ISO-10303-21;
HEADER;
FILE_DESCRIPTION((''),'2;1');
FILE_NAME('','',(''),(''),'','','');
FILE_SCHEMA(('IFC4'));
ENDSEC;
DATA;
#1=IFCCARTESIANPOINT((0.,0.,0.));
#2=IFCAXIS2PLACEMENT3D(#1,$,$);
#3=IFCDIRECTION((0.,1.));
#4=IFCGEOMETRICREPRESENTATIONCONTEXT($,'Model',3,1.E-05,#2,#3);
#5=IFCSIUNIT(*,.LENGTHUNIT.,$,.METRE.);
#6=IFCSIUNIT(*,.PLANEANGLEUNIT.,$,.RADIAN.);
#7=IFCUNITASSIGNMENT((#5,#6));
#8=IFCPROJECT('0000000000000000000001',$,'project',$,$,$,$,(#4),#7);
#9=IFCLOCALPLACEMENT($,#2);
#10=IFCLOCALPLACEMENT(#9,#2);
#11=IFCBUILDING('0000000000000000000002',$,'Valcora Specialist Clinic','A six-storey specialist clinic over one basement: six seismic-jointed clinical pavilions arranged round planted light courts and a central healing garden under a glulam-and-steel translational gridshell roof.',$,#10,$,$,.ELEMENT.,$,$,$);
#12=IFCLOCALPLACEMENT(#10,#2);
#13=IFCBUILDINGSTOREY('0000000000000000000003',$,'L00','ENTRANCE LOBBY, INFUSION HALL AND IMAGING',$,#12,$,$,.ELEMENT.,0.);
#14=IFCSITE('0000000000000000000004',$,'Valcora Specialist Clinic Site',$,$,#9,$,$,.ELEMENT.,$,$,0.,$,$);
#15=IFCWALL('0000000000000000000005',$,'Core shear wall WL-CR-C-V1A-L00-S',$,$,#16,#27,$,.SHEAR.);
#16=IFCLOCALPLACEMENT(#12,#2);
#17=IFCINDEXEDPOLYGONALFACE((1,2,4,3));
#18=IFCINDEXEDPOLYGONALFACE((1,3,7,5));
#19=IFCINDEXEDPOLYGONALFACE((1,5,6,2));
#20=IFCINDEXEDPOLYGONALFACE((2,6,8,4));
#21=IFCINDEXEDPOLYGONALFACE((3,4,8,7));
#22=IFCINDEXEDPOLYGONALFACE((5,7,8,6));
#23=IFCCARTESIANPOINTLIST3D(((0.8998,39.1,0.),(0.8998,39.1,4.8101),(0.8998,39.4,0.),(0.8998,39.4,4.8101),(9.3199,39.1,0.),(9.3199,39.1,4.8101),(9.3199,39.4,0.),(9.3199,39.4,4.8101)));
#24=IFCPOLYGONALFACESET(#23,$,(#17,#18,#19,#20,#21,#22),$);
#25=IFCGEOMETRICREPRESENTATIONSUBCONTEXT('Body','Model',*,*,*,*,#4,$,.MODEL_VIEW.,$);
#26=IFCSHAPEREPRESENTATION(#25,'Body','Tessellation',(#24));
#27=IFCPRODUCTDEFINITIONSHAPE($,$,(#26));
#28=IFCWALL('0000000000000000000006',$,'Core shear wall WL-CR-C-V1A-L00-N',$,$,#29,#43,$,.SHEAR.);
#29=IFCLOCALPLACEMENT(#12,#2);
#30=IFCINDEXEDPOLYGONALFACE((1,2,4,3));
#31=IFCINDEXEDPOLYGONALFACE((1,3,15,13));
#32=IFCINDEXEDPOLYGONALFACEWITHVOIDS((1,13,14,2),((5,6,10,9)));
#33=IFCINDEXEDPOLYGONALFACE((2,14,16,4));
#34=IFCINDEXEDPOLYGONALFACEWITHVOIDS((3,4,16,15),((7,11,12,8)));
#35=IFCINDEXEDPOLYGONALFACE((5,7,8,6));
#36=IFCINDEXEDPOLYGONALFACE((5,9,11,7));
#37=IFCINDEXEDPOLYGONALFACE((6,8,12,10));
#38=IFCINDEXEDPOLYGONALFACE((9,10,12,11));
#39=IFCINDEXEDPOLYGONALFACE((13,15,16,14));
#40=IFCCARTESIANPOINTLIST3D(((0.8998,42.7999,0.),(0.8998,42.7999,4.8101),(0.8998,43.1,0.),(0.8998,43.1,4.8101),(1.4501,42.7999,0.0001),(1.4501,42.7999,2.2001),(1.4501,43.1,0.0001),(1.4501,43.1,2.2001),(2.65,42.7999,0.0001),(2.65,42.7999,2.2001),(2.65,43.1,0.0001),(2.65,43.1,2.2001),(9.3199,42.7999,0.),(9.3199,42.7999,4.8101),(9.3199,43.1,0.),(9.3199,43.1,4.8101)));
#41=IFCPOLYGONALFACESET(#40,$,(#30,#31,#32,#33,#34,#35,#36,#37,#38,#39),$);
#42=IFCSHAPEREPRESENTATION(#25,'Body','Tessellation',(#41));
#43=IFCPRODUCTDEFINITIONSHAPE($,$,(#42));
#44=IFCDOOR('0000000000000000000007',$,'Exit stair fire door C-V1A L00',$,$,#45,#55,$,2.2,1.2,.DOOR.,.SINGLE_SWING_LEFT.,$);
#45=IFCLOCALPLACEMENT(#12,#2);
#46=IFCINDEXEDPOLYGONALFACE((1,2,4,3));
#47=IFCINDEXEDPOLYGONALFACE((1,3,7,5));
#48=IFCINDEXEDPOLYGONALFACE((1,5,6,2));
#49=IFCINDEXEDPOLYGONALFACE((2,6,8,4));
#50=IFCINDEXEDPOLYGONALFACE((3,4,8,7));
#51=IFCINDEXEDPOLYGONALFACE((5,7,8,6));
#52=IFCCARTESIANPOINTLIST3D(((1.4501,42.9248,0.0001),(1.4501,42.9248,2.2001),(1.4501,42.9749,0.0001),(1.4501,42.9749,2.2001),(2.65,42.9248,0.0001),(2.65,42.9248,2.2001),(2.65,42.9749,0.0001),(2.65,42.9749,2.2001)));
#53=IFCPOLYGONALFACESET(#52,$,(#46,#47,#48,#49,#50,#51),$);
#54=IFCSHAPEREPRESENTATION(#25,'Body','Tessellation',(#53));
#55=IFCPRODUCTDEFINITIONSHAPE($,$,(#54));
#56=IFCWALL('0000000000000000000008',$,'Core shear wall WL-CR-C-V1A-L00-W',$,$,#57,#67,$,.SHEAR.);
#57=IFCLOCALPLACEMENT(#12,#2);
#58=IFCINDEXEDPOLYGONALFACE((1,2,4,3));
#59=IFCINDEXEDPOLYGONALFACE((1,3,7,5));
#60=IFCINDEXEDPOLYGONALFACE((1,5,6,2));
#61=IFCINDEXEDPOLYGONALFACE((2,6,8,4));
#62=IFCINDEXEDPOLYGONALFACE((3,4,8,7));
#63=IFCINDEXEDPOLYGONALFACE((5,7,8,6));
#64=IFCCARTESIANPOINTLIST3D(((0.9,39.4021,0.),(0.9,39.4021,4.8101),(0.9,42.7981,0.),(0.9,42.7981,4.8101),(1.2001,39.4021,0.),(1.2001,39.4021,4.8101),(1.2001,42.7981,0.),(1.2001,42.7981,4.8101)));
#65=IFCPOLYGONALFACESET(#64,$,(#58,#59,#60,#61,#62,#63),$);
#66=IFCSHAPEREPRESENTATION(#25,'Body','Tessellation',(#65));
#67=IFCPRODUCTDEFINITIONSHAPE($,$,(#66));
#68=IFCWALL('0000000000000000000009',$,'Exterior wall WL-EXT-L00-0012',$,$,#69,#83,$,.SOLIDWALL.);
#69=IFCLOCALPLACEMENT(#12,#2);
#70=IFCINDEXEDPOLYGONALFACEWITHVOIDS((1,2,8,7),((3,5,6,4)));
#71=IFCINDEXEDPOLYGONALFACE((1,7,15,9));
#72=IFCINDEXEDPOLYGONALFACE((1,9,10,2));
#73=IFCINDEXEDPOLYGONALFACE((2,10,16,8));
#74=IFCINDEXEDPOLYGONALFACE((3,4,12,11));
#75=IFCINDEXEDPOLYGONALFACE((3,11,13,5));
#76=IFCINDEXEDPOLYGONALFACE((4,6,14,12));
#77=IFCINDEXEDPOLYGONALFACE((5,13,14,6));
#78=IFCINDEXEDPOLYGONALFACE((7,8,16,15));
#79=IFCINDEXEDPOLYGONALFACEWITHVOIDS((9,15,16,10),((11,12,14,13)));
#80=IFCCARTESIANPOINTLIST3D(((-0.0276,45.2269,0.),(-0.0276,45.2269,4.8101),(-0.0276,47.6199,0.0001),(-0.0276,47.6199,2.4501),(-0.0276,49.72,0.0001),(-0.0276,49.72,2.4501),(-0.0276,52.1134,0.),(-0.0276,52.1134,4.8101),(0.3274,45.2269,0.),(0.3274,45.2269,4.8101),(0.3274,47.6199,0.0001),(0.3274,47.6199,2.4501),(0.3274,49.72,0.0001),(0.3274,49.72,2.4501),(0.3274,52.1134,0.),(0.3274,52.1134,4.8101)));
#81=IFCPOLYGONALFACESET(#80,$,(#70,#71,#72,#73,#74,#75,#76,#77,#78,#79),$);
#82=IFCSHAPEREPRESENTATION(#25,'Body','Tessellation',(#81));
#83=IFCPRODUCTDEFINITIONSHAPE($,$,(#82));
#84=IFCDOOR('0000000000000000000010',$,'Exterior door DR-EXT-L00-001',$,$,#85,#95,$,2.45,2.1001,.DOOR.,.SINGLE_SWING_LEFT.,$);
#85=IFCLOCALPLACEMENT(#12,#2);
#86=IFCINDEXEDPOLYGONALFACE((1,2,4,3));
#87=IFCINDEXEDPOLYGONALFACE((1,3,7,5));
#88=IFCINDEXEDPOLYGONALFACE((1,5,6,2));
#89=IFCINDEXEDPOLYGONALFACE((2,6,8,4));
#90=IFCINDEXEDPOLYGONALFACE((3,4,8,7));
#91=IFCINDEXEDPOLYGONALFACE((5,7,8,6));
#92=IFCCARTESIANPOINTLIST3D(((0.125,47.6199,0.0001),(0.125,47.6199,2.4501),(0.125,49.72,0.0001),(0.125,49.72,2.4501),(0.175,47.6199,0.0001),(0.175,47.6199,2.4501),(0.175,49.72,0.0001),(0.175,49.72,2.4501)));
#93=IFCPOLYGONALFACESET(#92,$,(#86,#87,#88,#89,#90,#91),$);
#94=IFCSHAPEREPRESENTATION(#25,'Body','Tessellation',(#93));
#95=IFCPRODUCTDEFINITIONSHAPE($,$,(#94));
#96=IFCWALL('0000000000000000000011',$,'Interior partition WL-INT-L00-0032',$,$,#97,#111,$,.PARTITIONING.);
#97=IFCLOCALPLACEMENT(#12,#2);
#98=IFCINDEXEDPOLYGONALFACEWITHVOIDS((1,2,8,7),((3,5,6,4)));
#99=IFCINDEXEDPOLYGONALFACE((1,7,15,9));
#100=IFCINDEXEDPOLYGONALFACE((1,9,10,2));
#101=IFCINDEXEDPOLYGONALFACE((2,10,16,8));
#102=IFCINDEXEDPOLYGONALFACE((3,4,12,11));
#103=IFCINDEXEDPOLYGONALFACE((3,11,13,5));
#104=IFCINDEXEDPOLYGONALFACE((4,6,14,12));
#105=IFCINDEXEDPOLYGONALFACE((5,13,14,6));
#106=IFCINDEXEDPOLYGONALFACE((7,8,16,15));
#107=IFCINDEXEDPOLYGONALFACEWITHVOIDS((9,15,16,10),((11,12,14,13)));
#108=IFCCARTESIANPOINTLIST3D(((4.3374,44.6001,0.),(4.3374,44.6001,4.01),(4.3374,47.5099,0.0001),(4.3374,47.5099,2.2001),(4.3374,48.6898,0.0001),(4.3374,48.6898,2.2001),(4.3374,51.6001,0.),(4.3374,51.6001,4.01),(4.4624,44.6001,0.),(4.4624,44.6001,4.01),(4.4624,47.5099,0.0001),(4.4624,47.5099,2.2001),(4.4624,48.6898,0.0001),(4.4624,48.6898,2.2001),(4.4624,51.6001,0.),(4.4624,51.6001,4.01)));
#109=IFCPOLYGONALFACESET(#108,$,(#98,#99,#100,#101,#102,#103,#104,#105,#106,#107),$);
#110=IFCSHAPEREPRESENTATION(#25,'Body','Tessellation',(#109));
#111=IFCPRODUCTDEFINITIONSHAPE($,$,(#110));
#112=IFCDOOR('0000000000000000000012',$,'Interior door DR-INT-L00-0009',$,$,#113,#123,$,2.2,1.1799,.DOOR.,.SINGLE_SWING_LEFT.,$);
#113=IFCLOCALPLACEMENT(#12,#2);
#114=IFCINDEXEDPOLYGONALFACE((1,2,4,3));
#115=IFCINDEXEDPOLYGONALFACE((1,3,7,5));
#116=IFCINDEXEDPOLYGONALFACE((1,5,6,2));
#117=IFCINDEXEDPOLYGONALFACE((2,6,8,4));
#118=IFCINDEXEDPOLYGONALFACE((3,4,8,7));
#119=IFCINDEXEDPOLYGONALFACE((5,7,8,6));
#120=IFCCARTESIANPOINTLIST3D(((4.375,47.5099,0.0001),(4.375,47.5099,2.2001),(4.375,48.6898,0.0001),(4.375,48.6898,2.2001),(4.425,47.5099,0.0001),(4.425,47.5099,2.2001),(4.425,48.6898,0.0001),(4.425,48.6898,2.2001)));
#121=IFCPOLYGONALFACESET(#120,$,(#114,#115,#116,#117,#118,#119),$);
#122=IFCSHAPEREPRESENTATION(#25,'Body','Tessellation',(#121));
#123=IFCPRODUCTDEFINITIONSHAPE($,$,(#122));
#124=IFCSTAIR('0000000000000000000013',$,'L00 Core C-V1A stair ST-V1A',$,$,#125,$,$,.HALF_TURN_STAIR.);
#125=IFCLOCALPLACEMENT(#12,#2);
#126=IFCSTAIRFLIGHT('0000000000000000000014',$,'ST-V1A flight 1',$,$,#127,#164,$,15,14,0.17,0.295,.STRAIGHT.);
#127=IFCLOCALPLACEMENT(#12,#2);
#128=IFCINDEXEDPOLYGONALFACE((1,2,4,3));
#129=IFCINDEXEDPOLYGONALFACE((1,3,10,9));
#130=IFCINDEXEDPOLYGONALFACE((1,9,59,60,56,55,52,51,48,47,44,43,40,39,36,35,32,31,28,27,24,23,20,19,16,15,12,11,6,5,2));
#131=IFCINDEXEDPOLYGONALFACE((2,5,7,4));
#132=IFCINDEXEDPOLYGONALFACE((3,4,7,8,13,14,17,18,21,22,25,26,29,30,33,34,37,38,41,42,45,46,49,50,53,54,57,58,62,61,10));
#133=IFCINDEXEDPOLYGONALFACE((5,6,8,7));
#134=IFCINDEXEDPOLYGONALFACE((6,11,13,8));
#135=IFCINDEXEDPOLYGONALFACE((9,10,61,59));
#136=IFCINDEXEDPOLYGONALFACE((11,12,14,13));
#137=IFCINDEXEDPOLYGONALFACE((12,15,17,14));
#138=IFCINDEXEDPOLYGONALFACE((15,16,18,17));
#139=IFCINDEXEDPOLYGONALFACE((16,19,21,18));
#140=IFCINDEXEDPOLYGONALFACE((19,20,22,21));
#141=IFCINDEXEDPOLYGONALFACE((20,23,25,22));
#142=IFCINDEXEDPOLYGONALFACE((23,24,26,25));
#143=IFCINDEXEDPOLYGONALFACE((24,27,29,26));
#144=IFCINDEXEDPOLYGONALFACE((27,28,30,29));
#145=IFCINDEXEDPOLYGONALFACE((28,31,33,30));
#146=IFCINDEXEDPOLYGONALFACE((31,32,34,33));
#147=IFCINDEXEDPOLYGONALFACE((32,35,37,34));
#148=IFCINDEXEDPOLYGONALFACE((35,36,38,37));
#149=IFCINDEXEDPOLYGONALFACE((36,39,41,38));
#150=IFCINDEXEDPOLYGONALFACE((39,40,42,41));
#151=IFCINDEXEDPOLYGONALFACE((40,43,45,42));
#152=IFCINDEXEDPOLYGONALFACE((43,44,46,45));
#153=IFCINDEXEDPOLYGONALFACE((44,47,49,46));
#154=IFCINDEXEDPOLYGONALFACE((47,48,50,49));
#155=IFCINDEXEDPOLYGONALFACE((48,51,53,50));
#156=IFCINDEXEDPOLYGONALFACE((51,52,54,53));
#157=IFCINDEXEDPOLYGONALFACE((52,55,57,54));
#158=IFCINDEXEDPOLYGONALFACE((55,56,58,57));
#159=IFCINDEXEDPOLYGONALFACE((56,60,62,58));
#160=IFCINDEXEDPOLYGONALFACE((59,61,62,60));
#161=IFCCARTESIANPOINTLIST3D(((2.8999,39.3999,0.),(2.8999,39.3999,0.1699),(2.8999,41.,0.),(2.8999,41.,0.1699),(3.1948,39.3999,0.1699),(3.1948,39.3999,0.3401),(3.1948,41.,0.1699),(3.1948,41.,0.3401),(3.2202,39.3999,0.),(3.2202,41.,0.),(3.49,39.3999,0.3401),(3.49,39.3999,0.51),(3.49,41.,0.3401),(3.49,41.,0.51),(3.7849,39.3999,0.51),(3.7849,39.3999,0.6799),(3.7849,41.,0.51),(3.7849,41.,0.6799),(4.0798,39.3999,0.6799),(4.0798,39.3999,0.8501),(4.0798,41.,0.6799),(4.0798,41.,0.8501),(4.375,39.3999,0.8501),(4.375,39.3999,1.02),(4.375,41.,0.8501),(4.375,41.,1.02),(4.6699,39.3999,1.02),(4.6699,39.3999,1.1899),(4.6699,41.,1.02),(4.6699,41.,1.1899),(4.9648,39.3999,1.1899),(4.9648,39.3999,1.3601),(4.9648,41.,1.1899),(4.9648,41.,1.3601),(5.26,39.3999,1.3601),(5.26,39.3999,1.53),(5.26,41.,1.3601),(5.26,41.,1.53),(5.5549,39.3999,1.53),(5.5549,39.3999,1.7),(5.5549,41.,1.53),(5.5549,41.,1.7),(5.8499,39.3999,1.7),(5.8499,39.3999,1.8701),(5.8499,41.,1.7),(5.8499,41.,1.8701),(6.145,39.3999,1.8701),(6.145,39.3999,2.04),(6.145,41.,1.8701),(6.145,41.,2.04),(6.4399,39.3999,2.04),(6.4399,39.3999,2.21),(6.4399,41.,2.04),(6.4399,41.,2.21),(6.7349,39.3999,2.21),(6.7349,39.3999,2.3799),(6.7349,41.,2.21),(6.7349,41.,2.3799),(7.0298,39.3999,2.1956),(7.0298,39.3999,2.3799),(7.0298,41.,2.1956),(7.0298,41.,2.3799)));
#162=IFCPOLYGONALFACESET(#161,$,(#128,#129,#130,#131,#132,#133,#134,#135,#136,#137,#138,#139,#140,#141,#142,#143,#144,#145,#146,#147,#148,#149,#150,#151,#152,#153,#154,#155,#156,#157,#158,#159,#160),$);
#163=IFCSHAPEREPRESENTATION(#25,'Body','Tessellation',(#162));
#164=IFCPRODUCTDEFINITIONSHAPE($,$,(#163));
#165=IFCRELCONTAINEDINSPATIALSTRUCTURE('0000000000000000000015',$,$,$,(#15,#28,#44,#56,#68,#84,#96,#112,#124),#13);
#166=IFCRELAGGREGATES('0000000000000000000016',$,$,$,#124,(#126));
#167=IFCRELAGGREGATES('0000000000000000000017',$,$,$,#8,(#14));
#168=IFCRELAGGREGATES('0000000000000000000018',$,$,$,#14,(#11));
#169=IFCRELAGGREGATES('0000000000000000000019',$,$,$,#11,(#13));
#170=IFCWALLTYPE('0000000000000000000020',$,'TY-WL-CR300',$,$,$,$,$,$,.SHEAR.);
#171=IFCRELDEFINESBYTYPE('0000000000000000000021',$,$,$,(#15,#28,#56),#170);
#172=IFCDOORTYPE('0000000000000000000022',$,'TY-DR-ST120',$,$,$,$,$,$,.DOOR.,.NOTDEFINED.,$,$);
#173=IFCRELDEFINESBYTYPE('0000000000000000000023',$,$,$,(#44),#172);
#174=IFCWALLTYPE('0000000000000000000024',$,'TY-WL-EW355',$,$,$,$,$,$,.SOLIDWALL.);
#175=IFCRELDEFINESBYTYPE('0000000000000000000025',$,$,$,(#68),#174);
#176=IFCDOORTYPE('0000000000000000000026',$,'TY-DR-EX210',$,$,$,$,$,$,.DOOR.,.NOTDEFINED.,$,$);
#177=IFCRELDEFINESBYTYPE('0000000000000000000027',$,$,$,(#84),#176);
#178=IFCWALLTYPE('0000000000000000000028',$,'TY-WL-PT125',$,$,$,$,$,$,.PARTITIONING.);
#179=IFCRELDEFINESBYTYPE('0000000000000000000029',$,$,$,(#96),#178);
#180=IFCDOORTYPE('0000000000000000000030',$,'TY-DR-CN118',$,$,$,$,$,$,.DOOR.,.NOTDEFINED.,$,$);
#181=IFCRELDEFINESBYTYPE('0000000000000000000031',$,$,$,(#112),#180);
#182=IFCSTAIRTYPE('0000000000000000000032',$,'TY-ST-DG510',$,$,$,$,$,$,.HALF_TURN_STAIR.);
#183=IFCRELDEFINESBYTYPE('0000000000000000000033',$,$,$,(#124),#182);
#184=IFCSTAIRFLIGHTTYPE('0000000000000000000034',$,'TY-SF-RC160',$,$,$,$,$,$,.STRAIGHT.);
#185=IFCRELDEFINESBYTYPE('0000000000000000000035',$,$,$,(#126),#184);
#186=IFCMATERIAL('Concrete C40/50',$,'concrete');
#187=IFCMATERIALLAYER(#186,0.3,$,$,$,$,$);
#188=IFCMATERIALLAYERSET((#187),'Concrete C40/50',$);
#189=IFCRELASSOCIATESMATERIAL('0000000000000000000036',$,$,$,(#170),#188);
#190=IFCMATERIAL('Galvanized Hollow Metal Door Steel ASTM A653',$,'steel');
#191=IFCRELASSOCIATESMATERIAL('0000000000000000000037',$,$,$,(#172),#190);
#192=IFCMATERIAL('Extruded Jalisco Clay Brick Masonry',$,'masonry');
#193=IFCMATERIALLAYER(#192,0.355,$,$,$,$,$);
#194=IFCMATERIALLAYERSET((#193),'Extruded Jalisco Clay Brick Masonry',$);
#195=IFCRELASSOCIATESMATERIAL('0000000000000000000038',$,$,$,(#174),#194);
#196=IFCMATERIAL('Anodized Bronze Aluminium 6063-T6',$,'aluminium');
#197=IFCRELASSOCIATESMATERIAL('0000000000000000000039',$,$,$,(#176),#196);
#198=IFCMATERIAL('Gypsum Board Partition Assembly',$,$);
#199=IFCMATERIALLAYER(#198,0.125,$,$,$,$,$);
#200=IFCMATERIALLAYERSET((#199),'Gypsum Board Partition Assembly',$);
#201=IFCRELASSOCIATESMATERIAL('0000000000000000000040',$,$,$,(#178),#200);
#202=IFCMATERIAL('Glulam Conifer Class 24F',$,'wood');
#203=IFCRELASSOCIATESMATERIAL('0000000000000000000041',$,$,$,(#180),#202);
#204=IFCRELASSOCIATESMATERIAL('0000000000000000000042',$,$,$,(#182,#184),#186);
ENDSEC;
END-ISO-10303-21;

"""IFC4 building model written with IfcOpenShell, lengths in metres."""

from ifc_helpers import new_model, si_unit, direction, frame, frame_2d, origin, place, context, subcontext, project, spatial, polyline, rectangle, outline, extrude, material, layer, layer_set, type_object, element, fill, aggregate, save


model = new_model("IFC4")

# Units and contexts
model_context = context("Model", 3, precision=1e-05, world=origin(), true_north=direction((0.0, 1.0)))
body_context = subcontext(model_context, "Body", "Model", "MODEL_VIEW")
ifc_project = project(units=[si_unit("LENGTHUNIT", "METRE"), si_unit("PLANEANGLEUNIT", "RADIAN")], contexts=[model_context])

# Site, building, storey
site_placement = place(None, origin())
site = spatial("IfcSite", under=ifc_project, at=site_placement, Name="Valcora Specialist Clinic Site", CompositionType="ELEMENT", RefElevation=0.0)
building_placement = place(site_placement, origin())
building = spatial("IfcBuilding", under=site, at=building_placement, Name="Valcora Specialist Clinic", Description="A six-storey specialist clinic over one basement: six seismic-jointed clinical pavilions arranged round planted light courts and a central healing garden under a glulam-and-steel translational gridshell roof.", CompositionType="ELEMENT")
storey_placement = place(building_placement, origin())
storey = spatial("IfcBuildingStorey", under=building, at=storey_placement, Name="L00", Description="ENTRANCE LOBBY, INFUSION HALL AND IMAGING", CompositionType="ELEMENT", Elevation=0.0)

# Shared definitions
ifc_material_1 = material(Name="Concrete C40/50", Category="concrete")

# Wall
ifc_layer_1 = layer(ifc_material_1, 0.3)
ifc_layer_set_1 = layer_set([ifc_layer_1], Name="Concrete C40/50")
wall_type_1 = type_object("IfcWallType", Name="TY-WL-CR300", PredefinedType="SHEAR", material=ifc_layer_set_1)
wall_1_placement = place(storey_placement, frame((0.8999, 39.25, 0.0), z_axis=(0.0, 0.0, 1.0), x_axis=(1.0, 0.0, 0.0)))
element("IfcWall", 1, at=wall_1_placement, inside=storey, type_object=wall_type_1, Name="Core shear wall WL-CR-C-V1A-L00-S", PredefinedType="SHEAR", context=body_context, shape_type="SweptSolid", body=[
    extrude(rectangle(XDim=8.4202, YDim=0.3, at=frame_2d((4.21, 0.0))), origin(), (0.0, 0.0, 1.0), 4.8101),
])

# Wall, opening, door
wall_2_placement = place(storey_placement, frame((0.8999, 42.95, 0.0), z_axis=(0.0, 0.0, 1.0), x_axis=(1.0, 0.0, 0.0)))
wall_2 = element("IfcWall", 2, at=wall_2_placement, inside=storey, type_object=wall_type_1, Name="Core shear wall WL-CR-C-V1A-L00-N", PredefinedType="SHEAR", context=body_context, shape_type="SweptSolid", body=[
    extrude(rectangle(XDim=8.4202, YDim=0.3, at=frame_2d((4.21, 0.0))), origin(), (0.0, 0.0, 1.0), 4.8101),
])
opening_1_placement = place(wall_2_placement, frame((0.55, 0.0, 0.0)))
opening_1 = element("IfcOpeningElement", 3, at=opening_1_placement, cuts=wall_2, PredefinedType="OPENING", context=body_context, shape_type="SweptSolid", body=[
    extrude(rectangle(XDim=1.2, YDim=2.2, at=frame_2d((0.6001, 1.1001))), frame((0.0, 0.1599, 0.0), z_axis=(0.0, -1.0, 0.0), x_axis=(1.0, 0.0, 0.0)), (0.0, 0.0, 1.0), 0.3201),
])
ifc_material_2 = material(Name="Galvanized Hollow Metal Door Steel ASTM A653", Category="steel")
door_type_1 = type_object("IfcDoorType", Name="TY-DR-ST120", OperationType="NOTDEFINED", PredefinedType="DOOR", material=ifc_material_2)
door_1_placement = place(opening_1_placement, origin())
door_1 = element("IfcDoor", 4, at=door_1_placement, inside=storey, type_object=door_type_1, Name="Exit stair fire door C-V1A L00", OperationType="SINGLE_SWING_LEFT", OverallHeight=2.2, OverallWidth=1.2, PredefinedType="DOOR", context=body_context, shape_type="SweptSolid", body=[
    extrude(rectangle(XDim=1.2, YDim=2.2, at=frame_2d((0.6001, 1.1001))), frame((0.0, 0.0249, 0.0), z_axis=(0.0, -1.0, 0.0), x_axis=(1.0, 0.0, 0.0)), (0.0, 0.0, 1.0), 0.05),
])
fill(opening_1, door_1)

# Wall
wall_3_placement = place(storey_placement, frame((1.05, 39.4021, 0.0), z_axis=(0.0, 0.0, 1.0), x_axis=(0.0, 1.0, 0.0)))
element("IfcWall", 5, at=wall_3_placement, inside=storey, type_object=wall_type_1, Name="Core shear wall WL-CR-C-V1A-L00-W", PredefinedType="SHEAR", context=body_context, shape_type="SweptSolid", body=[
    extrude(rectangle(XDim=3.396, YDim=0.3, at=frame_2d((1.698, 0.0))), origin(), (0.0, 0.0, 1.0), 4.8101),
])

# Walls, openings, doors
ifc_material_3 = material(Name="Extruded Jalisco Clay Brick Masonry", Category="masonry")
ifc_layer_2 = layer(ifc_material_3, 0.355)
ifc_layer_set_2 = layer_set([ifc_layer_2], Name="Extruded Jalisco Clay Brick Masonry")
wall_type_2 = type_object("IfcWallType", Name="TY-WL-EW355", PredefinedType="SOLIDWALL", material=ifc_layer_set_2)
wall_4_placement = place(storey_placement, frame((0.1499, 45.2268, 0.0), z_axis=(0.0, 0.0, 1.0), x_axis=(0.0, 1.0, 0.0)))
wall_4 = element("IfcWall", 6, at=wall_4_placement, inside=storey, type_object=wall_type_2, Name="Exterior wall WL-EXT-L00-0012", PredefinedType="SOLIDWALL", context=body_context, shape_type="SweptSolid", body=[
    extrude(rectangle(XDim=6.8865, YDim=0.355, at=frame_2d((3.4434, 0.0))), origin(), (0.0, 0.0, 1.0), 4.8101),
])
opening_2_placement = place(wall_4_placement, frame((2.3931, 0.0, 0.0)))
opening_2 = element("IfcOpeningElement", 7, at=opening_2_placement, cuts=wall_4, PredefinedType="OPENING", context=body_context, shape_type="SweptSolid", body=[
    extrude(rectangle(XDim=2.1001, YDim=2.45, at=frame_2d((1.05, 1.2251))), frame((0.0, 0.1875, 0.0), z_axis=(0.0, -1.0, 0.0), x_axis=(1.0, 0.0, 0.0)), (0.0, 0.0, 1.0), 0.375),
])
ifc_material_4 = material(Name="Anodized Bronze Aluminium 6063-T6", Category="aluminium")
door_type_2 = type_object("IfcDoorType", Name="TY-DR-EX210", OperationType="NOTDEFINED", PredefinedType="DOOR", material=ifc_material_4)
door_2_placement = place(opening_2_placement, origin())
door_2 = element("IfcDoor", 8, at=door_2_placement, inside=storey, type_object=door_type_2, Name="Exterior door DR-EXT-L00-001", OperationType="SINGLE_SWING_LEFT", OverallHeight=2.45, OverallWidth=2.1001, PredefinedType="DOOR", context=body_context, shape_type="SweptSolid", body=[
    extrude(rectangle(XDim=2.1001, YDim=2.45, at=frame_2d((1.05, 1.2251))), frame((0.0, 0.0249, 0.0), z_axis=(0.0, -1.0, 0.0), x_axis=(1.0, 0.0, 0.0)), (0.0, 0.0, 1.0), 0.05),
])
fill(opening_2, door_2)
ifc_material_5 = material(Name="Gypsum Board Partition Assembly")
ifc_layer_3 = layer(ifc_material_5, 0.125)
ifc_layer_set_3 = layer_set([ifc_layer_3], Name="Gypsum Board Partition Assembly")
wall_type_3 = type_object("IfcWallType", Name="TY-WL-PT125", PredefinedType="PARTITIONING", material=ifc_layer_set_3)
wall_5_placement = place(storey_placement, frame((4.3999, 44.6001, 0.0), z_axis=(0.0, 0.0, 1.0), x_axis=(0.0, 1.0, 0.0)))
wall_5 = element("IfcWall", 9, at=wall_5_placement, inside=storey, type_object=wall_type_3, Name="Interior partition WL-INT-L00-0032", PredefinedType="PARTITIONING", context=body_context, shape_type="SweptSolid", body=[
    extrude(rectangle(XDim=7.0, YDim=0.125, at=frame_2d((3.5, 0.0))), origin(), (0.0, 0.0, 1.0), 4.01),
])
opening_3_placement = place(wall_5_placement, frame((2.9099, 0.0, 0.0)))
opening_3 = element("IfcOpeningElement", 10, at=opening_3_placement, cuts=wall_5, PredefinedType="OPENING", context=body_context, shape_type="SweptSolid", body=[
    extrude(rectangle(XDim=1.1799, YDim=2.2, at=frame_2d((0.5898, 1.1001))), frame((0.0, 0.0725, 0.0), z_axis=(0.0, -1.0, 0.0), x_axis=(1.0, 0.0, 0.0)), (0.0, 0.0, 1.0), 0.145),
])
ifc_material_6 = material(Name="Glulam Conifer Class 24F", Category="wood")
door_type_3 = type_object("IfcDoorType", Name="TY-DR-CN118", OperationType="NOTDEFINED", PredefinedType="DOOR", material=ifc_material_6)
door_3_placement = place(opening_3_placement, origin())
door_3 = element("IfcDoor", 11, at=door_3_placement, inside=storey, type_object=door_type_3, Name="Interior door DR-INT-L00-0009", OperationType="SINGLE_SWING_LEFT", OverallHeight=2.2, OverallWidth=1.1799, PredefinedType="DOOR", context=body_context, shape_type="SweptSolid", body=[
    extrude(rectangle(XDim=1.1799, YDim=2.2, at=frame_2d((0.5898, 1.1001))), frame((0.0, 0.0249, 0.0), z_axis=(0.0, -1.0, 0.0), x_axis=(1.0, 0.0, 0.0)), (0.0, 0.0, 1.0), 0.05),
])
fill(opening_3, door_3)

# Stair, stair flight
stair_type = type_object("IfcStairType", Name="TY-ST-DG510", PredefinedType="HALF_TURN_STAIR", material=ifc_material_1)
stair_placement = place(storey_placement, origin())
stair = element("IfcStair", 12, at=stair_placement, inside=storey, type_object=stair_type, Name="L00 Core C-V1A stair ST-V1A", PredefinedType="HALF_TURN_STAIR")
stair_flight_type = type_object("IfcStairFlightType", Name="TY-SF-RC160", PredefinedType="STRAIGHT", material=ifc_material_1)
stair_flight_1_placement = place(storey_placement, frame((2.8999, 40.2, 0.0), z_axis=(0.0, 0.0, 1.0), x_axis=(1.0, 0.0, 0.0)))
stair_flight_1 = element("IfcStairFlight", 13, at=stair_flight_1_placement, type_object=stair_flight_type, Name="ST-V1A flight 1", NumberOfRisers=15, NumberOfTreads=14, PredefinedType="STRAIGHT", RiserHeight=0.17, TreadLength=0.295, context=body_context, shape_type="SweptSolid", body=[
    extrude(outline(polyline([(0.0, 0.0), (0.0, 0.1699), (0.2949, 0.1699), (0.2949, 0.3401), (0.5901, 0.3401), (0.5901, 0.51), (0.885, 0.51), (0.885, 0.6799), (1.1799, 0.6799), (1.1799, 0.8501), (1.4751, 0.8501), (1.4751, 1.02), (1.77, 1.02), (1.77, 1.1899), (2.0649, 1.1899), (2.0649, 1.3601), (2.3601, 1.3601), (2.3601, 1.53), (2.655, 1.53), (2.655, 1.7), (2.95, 1.7), (2.95, 1.8701), (3.2451, 1.8701), (3.2451, 2.04), (3.54, 2.04), (3.54, 2.21), (3.835, 2.21), (3.835, 2.3799), (4.1299, 2.3799), (4.1299, 2.55), (4.1299, 2.1956), (0.3203, 0.0), (0.0, 0.0)])), frame((0.0, 0.8, 0.0), z_axis=(0.0, -1.0, 0.0), x_axis=(1.0, 0.0, 0.0)), (0.0, 0.0, 1.0), 1.6001),
])
aggregate(stair, [stair_flight_1])

save(model, "model.ifc")
